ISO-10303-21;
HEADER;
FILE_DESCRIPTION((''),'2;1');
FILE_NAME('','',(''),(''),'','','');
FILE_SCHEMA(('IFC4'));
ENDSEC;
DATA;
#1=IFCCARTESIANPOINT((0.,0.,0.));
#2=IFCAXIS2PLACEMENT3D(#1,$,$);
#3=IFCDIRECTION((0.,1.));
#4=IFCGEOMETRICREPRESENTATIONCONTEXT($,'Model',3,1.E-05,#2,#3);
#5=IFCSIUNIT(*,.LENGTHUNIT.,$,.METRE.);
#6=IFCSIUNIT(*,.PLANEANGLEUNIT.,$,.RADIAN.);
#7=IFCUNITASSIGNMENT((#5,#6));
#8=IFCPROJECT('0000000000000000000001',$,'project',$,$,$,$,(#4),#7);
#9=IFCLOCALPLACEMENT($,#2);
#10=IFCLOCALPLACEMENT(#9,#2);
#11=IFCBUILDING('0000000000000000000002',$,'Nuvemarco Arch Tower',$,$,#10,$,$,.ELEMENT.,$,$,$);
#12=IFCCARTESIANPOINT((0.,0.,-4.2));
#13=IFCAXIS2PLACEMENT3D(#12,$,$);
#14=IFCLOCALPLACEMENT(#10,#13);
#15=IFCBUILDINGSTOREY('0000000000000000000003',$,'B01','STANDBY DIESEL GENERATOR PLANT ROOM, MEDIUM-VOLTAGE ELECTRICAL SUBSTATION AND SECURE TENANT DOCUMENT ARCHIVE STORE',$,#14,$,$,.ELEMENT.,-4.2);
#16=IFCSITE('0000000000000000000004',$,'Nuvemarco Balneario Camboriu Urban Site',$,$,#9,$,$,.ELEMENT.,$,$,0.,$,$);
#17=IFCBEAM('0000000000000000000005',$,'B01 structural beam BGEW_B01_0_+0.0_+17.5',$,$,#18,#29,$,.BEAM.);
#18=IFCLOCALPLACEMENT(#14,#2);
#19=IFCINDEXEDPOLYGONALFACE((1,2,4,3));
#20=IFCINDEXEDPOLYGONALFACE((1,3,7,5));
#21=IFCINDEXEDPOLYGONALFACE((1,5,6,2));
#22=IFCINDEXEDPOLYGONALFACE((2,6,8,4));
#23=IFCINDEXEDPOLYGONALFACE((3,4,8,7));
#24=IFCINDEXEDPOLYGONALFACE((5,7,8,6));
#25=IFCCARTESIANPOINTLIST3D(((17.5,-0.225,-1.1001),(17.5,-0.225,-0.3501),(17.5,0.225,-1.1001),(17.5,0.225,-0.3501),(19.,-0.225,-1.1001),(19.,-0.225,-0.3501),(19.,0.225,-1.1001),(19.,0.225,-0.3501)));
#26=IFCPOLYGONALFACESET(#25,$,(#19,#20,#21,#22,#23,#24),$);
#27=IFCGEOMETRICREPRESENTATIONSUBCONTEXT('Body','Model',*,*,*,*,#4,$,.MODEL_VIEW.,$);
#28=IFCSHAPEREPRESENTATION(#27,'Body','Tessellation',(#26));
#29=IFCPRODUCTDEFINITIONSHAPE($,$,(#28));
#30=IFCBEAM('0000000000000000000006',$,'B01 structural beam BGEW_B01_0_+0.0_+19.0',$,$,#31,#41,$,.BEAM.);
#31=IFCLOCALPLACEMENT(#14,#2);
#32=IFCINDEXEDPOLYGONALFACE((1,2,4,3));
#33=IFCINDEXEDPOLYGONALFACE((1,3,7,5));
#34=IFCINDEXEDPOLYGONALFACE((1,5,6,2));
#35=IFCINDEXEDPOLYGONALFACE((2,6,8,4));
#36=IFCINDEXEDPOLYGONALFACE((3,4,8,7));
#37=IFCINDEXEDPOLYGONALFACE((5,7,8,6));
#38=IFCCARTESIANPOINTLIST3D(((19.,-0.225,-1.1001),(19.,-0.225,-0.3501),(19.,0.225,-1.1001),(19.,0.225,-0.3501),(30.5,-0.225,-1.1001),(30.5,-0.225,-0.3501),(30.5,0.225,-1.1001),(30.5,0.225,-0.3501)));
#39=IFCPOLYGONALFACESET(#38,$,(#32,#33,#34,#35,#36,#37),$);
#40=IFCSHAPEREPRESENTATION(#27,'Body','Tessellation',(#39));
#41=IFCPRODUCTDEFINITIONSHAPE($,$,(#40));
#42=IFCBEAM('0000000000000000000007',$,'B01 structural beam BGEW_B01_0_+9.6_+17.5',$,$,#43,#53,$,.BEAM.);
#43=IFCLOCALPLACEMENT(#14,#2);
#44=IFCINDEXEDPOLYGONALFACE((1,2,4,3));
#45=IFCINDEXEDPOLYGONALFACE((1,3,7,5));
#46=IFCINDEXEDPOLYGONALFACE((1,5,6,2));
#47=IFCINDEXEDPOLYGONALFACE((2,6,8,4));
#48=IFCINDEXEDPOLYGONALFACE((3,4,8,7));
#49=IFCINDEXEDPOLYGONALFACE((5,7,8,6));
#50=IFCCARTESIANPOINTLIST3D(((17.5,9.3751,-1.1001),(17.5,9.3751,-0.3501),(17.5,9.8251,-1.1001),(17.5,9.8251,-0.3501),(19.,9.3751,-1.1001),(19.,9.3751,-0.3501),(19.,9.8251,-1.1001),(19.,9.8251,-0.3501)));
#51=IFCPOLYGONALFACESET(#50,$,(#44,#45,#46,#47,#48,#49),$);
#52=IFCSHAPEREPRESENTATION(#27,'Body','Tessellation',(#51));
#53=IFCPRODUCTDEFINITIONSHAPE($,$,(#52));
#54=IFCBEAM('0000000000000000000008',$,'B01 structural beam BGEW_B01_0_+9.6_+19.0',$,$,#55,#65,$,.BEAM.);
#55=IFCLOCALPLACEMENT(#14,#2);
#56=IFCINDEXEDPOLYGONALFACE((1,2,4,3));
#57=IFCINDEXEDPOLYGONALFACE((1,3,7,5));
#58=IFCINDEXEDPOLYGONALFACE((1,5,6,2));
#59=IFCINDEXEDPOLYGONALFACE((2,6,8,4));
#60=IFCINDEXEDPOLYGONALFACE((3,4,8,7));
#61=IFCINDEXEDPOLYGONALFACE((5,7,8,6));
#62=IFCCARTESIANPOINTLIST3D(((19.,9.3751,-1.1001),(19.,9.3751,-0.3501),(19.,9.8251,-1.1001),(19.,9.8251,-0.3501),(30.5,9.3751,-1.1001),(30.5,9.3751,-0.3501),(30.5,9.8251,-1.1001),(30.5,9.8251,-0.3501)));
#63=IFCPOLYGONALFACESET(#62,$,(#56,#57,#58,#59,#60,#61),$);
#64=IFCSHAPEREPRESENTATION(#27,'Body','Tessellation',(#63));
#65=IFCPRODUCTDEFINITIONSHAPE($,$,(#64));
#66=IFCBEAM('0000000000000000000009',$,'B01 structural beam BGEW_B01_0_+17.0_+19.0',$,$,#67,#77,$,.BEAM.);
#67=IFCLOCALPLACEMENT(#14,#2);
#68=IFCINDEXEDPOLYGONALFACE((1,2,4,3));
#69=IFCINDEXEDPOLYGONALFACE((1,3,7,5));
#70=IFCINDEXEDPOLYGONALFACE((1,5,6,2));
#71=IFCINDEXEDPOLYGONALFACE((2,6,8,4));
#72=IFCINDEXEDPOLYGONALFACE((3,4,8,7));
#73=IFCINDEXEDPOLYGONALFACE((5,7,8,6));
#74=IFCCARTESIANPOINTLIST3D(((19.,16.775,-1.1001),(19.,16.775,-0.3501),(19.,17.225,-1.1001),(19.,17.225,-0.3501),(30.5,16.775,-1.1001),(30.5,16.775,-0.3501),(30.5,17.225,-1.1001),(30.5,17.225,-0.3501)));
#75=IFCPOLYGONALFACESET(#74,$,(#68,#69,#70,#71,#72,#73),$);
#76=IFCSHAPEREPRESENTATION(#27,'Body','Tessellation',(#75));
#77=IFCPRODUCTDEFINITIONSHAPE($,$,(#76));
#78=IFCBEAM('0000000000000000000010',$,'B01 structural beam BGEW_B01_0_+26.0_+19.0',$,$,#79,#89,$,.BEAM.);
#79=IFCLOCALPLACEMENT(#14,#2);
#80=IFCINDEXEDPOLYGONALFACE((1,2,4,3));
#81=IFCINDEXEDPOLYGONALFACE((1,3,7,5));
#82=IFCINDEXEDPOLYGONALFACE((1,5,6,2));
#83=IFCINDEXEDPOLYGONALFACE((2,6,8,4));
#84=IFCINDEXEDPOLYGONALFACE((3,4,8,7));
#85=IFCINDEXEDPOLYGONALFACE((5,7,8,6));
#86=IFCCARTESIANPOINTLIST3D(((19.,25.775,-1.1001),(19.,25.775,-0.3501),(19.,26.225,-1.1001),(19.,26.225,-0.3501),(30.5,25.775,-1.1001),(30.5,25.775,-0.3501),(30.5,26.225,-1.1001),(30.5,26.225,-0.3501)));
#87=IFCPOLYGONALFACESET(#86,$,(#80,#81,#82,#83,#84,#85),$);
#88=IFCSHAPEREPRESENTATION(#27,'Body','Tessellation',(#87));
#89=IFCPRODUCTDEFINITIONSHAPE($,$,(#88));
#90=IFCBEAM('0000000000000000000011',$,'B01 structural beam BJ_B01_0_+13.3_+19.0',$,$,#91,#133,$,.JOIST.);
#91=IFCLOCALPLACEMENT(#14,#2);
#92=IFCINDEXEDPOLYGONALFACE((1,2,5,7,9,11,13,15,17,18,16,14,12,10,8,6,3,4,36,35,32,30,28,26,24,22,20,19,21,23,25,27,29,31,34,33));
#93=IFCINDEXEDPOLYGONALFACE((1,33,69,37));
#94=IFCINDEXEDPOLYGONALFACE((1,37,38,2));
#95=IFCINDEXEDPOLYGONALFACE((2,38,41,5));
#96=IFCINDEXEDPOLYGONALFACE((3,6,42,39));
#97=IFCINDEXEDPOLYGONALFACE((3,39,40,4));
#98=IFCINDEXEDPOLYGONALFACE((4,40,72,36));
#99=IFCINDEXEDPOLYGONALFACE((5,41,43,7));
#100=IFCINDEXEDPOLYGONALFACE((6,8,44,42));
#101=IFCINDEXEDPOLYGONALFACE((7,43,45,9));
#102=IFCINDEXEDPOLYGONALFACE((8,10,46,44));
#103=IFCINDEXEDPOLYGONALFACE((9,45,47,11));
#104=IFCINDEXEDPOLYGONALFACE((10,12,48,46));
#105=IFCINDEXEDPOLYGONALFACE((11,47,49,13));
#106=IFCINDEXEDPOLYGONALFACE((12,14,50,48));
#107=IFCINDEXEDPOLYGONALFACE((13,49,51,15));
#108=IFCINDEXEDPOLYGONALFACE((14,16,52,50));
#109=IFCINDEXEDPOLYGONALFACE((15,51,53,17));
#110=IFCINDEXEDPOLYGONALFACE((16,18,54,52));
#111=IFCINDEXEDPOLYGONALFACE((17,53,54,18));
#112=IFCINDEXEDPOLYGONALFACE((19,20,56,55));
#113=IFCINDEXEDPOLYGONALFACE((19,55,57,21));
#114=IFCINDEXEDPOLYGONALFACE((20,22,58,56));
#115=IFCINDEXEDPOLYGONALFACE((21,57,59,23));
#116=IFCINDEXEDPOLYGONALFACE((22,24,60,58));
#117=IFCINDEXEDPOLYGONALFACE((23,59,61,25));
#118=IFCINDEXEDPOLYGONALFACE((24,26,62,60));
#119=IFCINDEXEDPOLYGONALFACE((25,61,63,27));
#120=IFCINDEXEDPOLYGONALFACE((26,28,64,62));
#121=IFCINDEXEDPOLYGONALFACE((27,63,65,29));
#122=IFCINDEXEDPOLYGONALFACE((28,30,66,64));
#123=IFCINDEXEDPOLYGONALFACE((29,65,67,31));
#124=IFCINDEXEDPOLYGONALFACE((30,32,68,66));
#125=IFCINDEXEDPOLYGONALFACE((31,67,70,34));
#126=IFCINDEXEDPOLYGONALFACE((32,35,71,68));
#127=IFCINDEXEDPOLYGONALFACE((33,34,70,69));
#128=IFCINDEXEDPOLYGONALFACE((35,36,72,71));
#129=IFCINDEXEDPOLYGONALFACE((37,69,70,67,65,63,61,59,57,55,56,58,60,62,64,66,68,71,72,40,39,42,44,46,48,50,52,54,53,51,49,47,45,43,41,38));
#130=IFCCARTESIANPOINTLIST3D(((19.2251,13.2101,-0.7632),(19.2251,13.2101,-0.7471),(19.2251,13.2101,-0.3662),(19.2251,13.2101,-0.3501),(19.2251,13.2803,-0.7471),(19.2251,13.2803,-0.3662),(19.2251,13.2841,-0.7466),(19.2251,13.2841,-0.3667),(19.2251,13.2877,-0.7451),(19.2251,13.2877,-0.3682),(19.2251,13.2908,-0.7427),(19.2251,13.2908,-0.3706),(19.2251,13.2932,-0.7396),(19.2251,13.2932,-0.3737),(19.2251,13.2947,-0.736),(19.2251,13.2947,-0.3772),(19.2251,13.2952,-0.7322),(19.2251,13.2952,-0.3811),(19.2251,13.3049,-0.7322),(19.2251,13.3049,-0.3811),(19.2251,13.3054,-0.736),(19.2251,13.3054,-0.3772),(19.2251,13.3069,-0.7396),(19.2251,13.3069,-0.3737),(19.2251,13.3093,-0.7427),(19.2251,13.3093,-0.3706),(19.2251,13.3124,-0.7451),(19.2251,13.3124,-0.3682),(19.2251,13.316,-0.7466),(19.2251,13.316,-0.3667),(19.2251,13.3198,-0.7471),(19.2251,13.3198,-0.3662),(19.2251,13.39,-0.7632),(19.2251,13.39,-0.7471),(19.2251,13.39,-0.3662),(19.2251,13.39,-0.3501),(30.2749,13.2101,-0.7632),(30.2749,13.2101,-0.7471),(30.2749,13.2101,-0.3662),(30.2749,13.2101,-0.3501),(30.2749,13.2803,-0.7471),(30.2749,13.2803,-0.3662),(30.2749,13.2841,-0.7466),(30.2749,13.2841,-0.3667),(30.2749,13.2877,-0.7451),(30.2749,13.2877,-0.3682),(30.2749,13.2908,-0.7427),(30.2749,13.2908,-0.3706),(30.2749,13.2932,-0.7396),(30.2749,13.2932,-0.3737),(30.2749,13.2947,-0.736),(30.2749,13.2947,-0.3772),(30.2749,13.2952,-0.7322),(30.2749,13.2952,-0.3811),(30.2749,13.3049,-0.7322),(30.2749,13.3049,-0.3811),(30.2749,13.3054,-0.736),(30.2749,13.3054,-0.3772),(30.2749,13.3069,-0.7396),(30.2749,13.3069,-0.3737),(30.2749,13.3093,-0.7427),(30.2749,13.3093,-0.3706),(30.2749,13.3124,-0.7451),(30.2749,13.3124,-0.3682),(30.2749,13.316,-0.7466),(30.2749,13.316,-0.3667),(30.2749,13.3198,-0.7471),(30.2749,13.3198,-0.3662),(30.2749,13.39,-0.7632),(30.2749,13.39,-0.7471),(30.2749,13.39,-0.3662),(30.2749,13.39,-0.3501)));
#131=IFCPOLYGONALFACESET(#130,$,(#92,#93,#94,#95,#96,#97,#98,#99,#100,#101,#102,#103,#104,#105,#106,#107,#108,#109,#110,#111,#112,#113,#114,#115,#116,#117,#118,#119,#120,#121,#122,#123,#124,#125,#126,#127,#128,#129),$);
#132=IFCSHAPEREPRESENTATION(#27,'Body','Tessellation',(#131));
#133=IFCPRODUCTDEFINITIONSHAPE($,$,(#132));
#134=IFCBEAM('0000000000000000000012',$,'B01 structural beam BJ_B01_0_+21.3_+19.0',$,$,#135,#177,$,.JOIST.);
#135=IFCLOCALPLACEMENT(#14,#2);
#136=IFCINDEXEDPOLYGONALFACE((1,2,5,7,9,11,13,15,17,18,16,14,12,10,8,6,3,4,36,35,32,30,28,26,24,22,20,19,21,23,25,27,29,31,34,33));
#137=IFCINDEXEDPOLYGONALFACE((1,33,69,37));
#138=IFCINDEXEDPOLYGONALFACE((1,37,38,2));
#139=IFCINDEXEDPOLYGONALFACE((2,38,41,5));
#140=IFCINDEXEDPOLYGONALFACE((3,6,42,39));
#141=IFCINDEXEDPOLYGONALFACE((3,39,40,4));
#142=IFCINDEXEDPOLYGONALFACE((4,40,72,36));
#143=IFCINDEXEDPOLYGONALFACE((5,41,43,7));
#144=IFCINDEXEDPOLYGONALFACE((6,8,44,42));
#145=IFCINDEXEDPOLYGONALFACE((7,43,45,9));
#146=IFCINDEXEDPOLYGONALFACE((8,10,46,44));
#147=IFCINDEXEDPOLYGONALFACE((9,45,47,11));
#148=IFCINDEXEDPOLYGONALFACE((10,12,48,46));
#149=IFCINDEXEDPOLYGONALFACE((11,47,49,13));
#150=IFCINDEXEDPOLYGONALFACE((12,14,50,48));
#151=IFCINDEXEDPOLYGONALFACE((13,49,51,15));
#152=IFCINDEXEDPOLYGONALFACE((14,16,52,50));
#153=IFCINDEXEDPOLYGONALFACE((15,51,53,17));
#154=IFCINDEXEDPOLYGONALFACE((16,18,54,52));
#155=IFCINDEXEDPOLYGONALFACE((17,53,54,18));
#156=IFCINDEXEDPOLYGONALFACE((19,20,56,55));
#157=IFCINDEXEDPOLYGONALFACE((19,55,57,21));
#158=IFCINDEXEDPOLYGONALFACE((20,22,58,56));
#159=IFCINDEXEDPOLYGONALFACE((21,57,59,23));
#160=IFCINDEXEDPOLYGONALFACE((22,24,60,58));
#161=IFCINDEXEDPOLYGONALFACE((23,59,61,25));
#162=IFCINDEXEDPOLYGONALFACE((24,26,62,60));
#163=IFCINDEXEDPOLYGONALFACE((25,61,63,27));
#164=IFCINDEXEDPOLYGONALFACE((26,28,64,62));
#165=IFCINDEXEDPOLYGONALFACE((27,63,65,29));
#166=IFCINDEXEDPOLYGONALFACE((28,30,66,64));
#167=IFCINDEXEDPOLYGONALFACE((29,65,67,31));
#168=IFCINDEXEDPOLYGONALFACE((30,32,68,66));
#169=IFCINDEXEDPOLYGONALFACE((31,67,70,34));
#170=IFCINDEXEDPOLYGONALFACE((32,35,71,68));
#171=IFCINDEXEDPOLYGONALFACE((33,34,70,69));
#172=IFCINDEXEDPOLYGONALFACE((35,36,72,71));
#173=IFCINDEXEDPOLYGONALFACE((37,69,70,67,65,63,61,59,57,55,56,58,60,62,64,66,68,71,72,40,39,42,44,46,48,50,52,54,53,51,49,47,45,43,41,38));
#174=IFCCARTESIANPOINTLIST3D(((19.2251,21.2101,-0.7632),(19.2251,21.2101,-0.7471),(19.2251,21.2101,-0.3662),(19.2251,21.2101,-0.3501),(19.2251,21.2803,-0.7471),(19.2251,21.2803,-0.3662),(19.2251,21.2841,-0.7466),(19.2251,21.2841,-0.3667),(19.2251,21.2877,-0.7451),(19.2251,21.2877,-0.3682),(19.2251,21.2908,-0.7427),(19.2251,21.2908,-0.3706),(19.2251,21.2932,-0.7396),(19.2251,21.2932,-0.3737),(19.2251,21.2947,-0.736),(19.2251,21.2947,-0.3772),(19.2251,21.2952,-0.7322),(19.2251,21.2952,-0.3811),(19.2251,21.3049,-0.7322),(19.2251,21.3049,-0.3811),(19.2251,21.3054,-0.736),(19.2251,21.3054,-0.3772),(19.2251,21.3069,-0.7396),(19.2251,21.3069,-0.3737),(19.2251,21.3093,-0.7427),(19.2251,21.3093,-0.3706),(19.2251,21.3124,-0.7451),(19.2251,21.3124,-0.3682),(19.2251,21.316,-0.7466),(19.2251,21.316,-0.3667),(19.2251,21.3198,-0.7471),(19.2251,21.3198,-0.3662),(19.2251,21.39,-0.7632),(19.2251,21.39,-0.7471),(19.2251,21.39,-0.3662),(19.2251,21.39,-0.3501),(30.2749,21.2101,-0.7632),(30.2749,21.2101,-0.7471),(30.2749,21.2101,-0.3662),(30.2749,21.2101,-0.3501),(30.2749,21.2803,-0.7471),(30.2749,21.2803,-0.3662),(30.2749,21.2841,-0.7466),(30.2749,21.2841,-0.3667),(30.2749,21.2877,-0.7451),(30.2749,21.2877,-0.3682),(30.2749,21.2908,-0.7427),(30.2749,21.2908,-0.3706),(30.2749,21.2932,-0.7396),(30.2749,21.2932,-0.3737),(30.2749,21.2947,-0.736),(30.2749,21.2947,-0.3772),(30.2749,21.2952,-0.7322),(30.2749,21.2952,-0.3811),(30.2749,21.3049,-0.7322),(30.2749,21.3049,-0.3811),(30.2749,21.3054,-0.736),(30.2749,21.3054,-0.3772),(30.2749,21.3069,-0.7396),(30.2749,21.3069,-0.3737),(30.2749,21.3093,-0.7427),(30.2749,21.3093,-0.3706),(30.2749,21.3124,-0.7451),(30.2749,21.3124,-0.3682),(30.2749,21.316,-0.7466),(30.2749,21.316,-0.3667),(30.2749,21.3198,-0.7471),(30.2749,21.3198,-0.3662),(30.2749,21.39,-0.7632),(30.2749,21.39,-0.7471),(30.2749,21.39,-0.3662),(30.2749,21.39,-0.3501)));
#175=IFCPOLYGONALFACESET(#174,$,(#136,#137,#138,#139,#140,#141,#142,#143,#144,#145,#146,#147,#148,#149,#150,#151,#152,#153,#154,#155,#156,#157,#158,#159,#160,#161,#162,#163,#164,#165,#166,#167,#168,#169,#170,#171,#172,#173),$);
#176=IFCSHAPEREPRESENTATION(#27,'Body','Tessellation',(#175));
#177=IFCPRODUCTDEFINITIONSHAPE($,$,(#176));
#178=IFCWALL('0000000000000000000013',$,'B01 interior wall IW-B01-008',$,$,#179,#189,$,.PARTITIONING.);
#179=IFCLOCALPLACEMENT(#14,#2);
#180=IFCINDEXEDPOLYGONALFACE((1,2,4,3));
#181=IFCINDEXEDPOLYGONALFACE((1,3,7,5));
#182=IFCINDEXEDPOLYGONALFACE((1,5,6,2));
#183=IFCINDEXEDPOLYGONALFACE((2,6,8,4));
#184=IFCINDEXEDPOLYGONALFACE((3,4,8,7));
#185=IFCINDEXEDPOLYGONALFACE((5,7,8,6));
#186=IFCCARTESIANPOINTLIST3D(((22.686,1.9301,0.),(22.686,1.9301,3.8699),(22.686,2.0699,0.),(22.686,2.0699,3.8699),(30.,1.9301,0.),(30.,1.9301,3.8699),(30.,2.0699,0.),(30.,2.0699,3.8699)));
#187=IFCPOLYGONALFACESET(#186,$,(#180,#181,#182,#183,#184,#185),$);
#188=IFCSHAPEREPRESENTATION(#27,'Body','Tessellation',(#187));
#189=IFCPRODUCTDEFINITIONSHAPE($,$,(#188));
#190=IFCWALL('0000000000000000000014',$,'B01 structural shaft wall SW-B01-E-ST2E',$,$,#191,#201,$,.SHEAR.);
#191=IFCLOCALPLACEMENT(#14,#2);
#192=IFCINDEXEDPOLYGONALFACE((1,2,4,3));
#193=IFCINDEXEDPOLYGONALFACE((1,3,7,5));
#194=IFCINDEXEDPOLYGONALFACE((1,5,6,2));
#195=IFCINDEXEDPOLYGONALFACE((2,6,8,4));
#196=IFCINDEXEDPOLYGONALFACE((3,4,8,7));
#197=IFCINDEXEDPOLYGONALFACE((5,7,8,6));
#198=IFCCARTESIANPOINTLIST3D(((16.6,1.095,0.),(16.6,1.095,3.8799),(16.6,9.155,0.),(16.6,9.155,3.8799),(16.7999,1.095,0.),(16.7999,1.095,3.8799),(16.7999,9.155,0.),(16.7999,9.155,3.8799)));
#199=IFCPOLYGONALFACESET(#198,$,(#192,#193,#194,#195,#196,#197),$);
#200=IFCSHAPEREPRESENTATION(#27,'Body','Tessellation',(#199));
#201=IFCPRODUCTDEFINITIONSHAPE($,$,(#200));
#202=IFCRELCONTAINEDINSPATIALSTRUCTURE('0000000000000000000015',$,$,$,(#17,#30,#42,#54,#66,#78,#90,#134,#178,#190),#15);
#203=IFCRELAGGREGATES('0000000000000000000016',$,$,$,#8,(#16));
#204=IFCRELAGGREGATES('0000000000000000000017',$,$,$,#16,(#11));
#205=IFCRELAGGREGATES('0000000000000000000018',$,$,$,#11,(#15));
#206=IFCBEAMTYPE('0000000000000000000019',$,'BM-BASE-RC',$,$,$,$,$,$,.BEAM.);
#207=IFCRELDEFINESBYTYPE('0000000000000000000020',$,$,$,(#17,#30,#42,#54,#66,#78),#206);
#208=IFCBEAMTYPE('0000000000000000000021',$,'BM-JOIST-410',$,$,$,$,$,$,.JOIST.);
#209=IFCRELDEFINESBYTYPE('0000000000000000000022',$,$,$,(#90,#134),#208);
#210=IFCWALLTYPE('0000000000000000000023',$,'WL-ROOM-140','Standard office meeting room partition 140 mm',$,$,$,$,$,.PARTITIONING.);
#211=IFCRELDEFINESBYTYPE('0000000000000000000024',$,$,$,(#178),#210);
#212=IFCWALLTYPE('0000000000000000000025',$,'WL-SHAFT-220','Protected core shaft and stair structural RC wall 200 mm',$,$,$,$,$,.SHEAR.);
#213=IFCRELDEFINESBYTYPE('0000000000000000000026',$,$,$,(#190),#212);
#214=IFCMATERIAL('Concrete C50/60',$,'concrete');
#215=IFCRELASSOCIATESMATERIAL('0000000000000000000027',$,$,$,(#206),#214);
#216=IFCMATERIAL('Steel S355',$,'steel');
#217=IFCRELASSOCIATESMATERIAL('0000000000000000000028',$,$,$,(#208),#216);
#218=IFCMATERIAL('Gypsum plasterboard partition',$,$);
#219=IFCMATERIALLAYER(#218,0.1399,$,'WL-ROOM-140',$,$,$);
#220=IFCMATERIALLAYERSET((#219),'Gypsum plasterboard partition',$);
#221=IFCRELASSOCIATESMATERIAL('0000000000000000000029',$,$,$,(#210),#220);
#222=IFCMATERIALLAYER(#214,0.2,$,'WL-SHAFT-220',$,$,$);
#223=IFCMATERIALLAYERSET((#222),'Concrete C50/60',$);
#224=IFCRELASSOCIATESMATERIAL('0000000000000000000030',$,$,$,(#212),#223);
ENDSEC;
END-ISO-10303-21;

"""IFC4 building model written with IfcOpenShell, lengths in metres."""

from ifc_helpers import new_model, si_unit, direction, frame, frame_2d, origin, origin_2d, place, context, subcontext, project, spatial, rectangle, i_section, extrude, material, layer, layer_set, material_profile, profile_set, type_object, element, save


model = new_model("IFC4")

# Units and contexts
model_context = context("Model", 3, precision=1e-05, world=origin(), true_north=direction((0.0, 1.0)))
body_context = subcontext(model_context, "Body", "Model", "MODEL_VIEW")
ifc_project = project(units=[si_unit("LENGTHUNIT", "METRE"), si_unit("PLANEANGLEUNIT", "RADIAN")], contexts=[model_context])

# Site, building, storey
site_placement = place(None, origin())
site = spatial("IfcSite", under=ifc_project, at=site_placement, Name="Nuvemarco Balneario Camboriu Urban Site", CompositionType="ELEMENT", RefElevation=0.0)
building_placement = place(site_placement, origin())
building = spatial("IfcBuilding", under=site, at=building_placement, Name="Nuvemarco Arch Tower", CompositionType="ELEMENT")
storey_placement = place(building_placement, frame((0.0, 0.0, -4.2)))
storey = spatial("IfcBuildingStorey", under=building, at=storey_placement, Name="B01", Description="STANDBY DIESEL GENERATOR PLANT ROOM, MEDIUM-VOLTAGE ELECTRICAL SUBSTATION AND SECURE TENANT DOCUMENT ARCHIVE STORE", CompositionType="ELEMENT", Elevation=-4.2)

# Beams
ifc_material_1 = material(Name="Concrete C50/60", Category="concrete")
ifc_material_profile_1 = material_profile(ifc_material_1, rectangle(XDim=0.45, YDim=0.75, at=origin_2d()), Name="RC-BM-450x750")
ifc_profile_set_1 = profile_set([ifc_material_profile_1], Name="Concrete C50/60")
beam_type_1 = type_object("IfcBeamType", Name="BM-BASE-RC", PredefinedType="BEAM", material=ifc_profile_set_1)
beam_1_placement = place(storey_placement, frame((17.5, 0.0, -0.7251), z_axis=(1.0, 0.0, 0.0), x_axis=(0.0, 1.0, 0.0)))
element("IfcBeam", 1, at=beam_1_placement, inside=storey, type_object=beam_type_1, Name="B01 structural beam BGEW_B01_0_+0.0_+17.5", PredefinedType="BEAM", context=body_context, shape_type="SweptSolid", body=[
    extrude(rectangle(XDim=0.45, YDim=0.75, at=origin_2d()), origin(), (0.0, 0.0, 1.0), 1.5),
])
beam_2_placement = place(storey_placement, frame((19.0, 0.0, -0.7251), z_axis=(1.0, 0.0, 0.0), x_axis=(0.0, 1.0, 0.0)))
element("IfcBeam", 2, at=beam_2_placement, inside=storey, type_object=beam_type_1, Name="B01 structural beam BGEW_B01_0_+0.0_+19.0", PredefinedType="BEAM", context=body_context, shape_type="SweptSolid", body=[
    extrude(rectangle(XDim=0.45, YDim=0.75, at=origin_2d()), origin(), (0.0, 0.0, 1.0), 11.5),
])
beam_3_placement = place(storey_placement, frame((17.5, 9.6001, -0.7251), z_axis=(1.0, 0.0, 0.0), x_axis=(0.0, 1.0, 0.0)))
element("IfcBeam", 3, at=beam_3_placement, inside=storey, type_object=beam_type_1, Name="B01 structural beam BGEW_B01_0_+9.6_+17.5", PredefinedType="BEAM", context=body_context, shape_type="SweptSolid", body=[
    extrude(rectangle(XDim=0.45, YDim=0.75, at=origin_2d()), origin(), (0.0, 0.0, 1.0), 1.5),
])
for number, where, z_axis, x_axis, name in (
    (4, (19.0, 9.6001, -0.7251), (1.0, 0.0, 0.0), (0.0, 1.0, 0.0), "B01 structural beam BGEW_B01_0_+9.6_+19.0"),
    (5, (19.0, 17.0, -0.7251), (1.0, 0.0, 0.0), (0.0, 1.0, 0.0), "B01 structural beam BGEW_B01_0_+17.0_+19.0"),
    (6, (19.0, 26.0, -0.7251), (1.0, 0.0, 0.0), (0.0, 1.0, 0.0), "B01 structural beam BGEW_B01_0_+26.0_+19.0"),
):
    element("IfcBeam", number, at=place(storey_placement, frame(where, z_axis=z_axis, x_axis=x_axis)), inside=storey, type_object=beam_type_1, Name=name, PredefinedType="BEAM", context=body_context, shape_type="SweptSolid", body=[
        extrude(rectangle(XDim=0.45, YDim=0.75, at=origin_2d()), origin(), (0.0, 0.0, 1.0), 11.5),
    ])
ifc_material_2 = material(Name="Steel S355", Category="steel")
ifc_material_profile_2 = material_profile(ifc_material_2, i_section(OverallWidth=0.1799, OverallDepth=0.4131, WebThickness=0.0098, FlangeThickness=0.0161, FilletRadius=0.0149, at=origin_2d()), Name="W410x75")
ifc_profile_set_2 = profile_set([ifc_material_profile_2], Name="Steel S355")
beam_type_2 = type_object("IfcBeamType", Name="BM-JOIST-410", PredefinedType="JOIST", material=ifc_profile_set_2)
for number, where, z_axis, x_axis, name in (
    (7, (19.2251, 13.3, -0.5566), (1.0, 0.0, 0.0), (0.0, 1.0, 0.0), "B01 structural beam BJ_B01_0_+13.3_+19.0"),
    (8, (19.2251, 21.3, -0.5566), (1.0, 0.0, 0.0), (0.0, 1.0, 0.0), "B01 structural beam BJ_B01_0_+21.3_+19.0"),
):
    element("IfcBeam", number, at=place(storey_placement, frame(where, z_axis=z_axis, x_axis=x_axis)), inside=storey, type_object=beam_type_2, Name=name, PredefinedType="JOIST", context=body_context, shape_type="SweptSolid", body=[
        extrude(i_section(OverallWidth=0.1799, OverallDepth=0.4131, WebThickness=0.0098, FlangeThickness=0.0161, FilletRadius=0.0149, at=origin_2d()), origin(), (0.0, 0.0, 1.0), 11.0498),
    ])

# Walls
ifc_material_3 = material(Name="Gypsum plasterboard partition")
ifc_layer_1 = layer(ifc_material_3, 0.1399, Name="WL-ROOM-140")
ifc_layer_set_1 = layer_set([ifc_layer_1], Name="Gypsum plasterboard partition")
wall_type_1 = type_object("IfcWallType", Name="WL-ROOM-140", Description="Standard office meeting room partition 140 mm", PredefinedType="PARTITIONING", material=ifc_layer_set_1)
wall_1_placement = place(storey_placement, frame((22.686, 2.0, 0.0), z_axis=(0.0, 0.0, 1.0), x_axis=(1.0, 0.0, 0.0)))
element("IfcWall", 9, at=wall_1_placement, inside=storey, type_object=wall_type_1, Name="B01 interior wall IW-B01-008", PredefinedType="PARTITIONING", context=body_context, shape_type="SweptSolid", body=[
    extrude(rectangle(XDim=7.314, YDim=0.1399, at=frame_2d((3.657, 0.0))), origin(), (0.0, 0.0, 1.0), 3.8699),
])
ifc_layer_2 = layer(ifc_material_1, 0.2, Name="WL-SHAFT-220")
ifc_layer_set_2 = layer_set([ifc_layer_2], Name="Concrete C50/60")
wall_type_2 = type_object("IfcWallType", Name="WL-SHAFT-220", Description="Protected core shaft and stair structural RC wall 200 mm", PredefinedType="SHEAR", material=ifc_layer_set_2)
wall_2_placement = place(storey_placement, frame((16.7, 1.095, 0.0), z_axis=(0.0, 0.0, 1.0), x_axis=(0.0, 1.0, 0.0)))
element("IfcWall", 10, at=wall_2_placement, inside=storey, type_object=wall_type_2, Name="B01 structural shaft wall SW-B01-E-ST2E", PredefinedType="SHEAR", context=body_context, shape_type="SweptSolid", body=[
    extrude(rectangle(XDim=8.0601, YDim=0.2, at=frame_2d((4.03, 0.0))), origin(), (0.0, 0.0, 1.0), 3.8799),
])

save(model, "model.ifc")
